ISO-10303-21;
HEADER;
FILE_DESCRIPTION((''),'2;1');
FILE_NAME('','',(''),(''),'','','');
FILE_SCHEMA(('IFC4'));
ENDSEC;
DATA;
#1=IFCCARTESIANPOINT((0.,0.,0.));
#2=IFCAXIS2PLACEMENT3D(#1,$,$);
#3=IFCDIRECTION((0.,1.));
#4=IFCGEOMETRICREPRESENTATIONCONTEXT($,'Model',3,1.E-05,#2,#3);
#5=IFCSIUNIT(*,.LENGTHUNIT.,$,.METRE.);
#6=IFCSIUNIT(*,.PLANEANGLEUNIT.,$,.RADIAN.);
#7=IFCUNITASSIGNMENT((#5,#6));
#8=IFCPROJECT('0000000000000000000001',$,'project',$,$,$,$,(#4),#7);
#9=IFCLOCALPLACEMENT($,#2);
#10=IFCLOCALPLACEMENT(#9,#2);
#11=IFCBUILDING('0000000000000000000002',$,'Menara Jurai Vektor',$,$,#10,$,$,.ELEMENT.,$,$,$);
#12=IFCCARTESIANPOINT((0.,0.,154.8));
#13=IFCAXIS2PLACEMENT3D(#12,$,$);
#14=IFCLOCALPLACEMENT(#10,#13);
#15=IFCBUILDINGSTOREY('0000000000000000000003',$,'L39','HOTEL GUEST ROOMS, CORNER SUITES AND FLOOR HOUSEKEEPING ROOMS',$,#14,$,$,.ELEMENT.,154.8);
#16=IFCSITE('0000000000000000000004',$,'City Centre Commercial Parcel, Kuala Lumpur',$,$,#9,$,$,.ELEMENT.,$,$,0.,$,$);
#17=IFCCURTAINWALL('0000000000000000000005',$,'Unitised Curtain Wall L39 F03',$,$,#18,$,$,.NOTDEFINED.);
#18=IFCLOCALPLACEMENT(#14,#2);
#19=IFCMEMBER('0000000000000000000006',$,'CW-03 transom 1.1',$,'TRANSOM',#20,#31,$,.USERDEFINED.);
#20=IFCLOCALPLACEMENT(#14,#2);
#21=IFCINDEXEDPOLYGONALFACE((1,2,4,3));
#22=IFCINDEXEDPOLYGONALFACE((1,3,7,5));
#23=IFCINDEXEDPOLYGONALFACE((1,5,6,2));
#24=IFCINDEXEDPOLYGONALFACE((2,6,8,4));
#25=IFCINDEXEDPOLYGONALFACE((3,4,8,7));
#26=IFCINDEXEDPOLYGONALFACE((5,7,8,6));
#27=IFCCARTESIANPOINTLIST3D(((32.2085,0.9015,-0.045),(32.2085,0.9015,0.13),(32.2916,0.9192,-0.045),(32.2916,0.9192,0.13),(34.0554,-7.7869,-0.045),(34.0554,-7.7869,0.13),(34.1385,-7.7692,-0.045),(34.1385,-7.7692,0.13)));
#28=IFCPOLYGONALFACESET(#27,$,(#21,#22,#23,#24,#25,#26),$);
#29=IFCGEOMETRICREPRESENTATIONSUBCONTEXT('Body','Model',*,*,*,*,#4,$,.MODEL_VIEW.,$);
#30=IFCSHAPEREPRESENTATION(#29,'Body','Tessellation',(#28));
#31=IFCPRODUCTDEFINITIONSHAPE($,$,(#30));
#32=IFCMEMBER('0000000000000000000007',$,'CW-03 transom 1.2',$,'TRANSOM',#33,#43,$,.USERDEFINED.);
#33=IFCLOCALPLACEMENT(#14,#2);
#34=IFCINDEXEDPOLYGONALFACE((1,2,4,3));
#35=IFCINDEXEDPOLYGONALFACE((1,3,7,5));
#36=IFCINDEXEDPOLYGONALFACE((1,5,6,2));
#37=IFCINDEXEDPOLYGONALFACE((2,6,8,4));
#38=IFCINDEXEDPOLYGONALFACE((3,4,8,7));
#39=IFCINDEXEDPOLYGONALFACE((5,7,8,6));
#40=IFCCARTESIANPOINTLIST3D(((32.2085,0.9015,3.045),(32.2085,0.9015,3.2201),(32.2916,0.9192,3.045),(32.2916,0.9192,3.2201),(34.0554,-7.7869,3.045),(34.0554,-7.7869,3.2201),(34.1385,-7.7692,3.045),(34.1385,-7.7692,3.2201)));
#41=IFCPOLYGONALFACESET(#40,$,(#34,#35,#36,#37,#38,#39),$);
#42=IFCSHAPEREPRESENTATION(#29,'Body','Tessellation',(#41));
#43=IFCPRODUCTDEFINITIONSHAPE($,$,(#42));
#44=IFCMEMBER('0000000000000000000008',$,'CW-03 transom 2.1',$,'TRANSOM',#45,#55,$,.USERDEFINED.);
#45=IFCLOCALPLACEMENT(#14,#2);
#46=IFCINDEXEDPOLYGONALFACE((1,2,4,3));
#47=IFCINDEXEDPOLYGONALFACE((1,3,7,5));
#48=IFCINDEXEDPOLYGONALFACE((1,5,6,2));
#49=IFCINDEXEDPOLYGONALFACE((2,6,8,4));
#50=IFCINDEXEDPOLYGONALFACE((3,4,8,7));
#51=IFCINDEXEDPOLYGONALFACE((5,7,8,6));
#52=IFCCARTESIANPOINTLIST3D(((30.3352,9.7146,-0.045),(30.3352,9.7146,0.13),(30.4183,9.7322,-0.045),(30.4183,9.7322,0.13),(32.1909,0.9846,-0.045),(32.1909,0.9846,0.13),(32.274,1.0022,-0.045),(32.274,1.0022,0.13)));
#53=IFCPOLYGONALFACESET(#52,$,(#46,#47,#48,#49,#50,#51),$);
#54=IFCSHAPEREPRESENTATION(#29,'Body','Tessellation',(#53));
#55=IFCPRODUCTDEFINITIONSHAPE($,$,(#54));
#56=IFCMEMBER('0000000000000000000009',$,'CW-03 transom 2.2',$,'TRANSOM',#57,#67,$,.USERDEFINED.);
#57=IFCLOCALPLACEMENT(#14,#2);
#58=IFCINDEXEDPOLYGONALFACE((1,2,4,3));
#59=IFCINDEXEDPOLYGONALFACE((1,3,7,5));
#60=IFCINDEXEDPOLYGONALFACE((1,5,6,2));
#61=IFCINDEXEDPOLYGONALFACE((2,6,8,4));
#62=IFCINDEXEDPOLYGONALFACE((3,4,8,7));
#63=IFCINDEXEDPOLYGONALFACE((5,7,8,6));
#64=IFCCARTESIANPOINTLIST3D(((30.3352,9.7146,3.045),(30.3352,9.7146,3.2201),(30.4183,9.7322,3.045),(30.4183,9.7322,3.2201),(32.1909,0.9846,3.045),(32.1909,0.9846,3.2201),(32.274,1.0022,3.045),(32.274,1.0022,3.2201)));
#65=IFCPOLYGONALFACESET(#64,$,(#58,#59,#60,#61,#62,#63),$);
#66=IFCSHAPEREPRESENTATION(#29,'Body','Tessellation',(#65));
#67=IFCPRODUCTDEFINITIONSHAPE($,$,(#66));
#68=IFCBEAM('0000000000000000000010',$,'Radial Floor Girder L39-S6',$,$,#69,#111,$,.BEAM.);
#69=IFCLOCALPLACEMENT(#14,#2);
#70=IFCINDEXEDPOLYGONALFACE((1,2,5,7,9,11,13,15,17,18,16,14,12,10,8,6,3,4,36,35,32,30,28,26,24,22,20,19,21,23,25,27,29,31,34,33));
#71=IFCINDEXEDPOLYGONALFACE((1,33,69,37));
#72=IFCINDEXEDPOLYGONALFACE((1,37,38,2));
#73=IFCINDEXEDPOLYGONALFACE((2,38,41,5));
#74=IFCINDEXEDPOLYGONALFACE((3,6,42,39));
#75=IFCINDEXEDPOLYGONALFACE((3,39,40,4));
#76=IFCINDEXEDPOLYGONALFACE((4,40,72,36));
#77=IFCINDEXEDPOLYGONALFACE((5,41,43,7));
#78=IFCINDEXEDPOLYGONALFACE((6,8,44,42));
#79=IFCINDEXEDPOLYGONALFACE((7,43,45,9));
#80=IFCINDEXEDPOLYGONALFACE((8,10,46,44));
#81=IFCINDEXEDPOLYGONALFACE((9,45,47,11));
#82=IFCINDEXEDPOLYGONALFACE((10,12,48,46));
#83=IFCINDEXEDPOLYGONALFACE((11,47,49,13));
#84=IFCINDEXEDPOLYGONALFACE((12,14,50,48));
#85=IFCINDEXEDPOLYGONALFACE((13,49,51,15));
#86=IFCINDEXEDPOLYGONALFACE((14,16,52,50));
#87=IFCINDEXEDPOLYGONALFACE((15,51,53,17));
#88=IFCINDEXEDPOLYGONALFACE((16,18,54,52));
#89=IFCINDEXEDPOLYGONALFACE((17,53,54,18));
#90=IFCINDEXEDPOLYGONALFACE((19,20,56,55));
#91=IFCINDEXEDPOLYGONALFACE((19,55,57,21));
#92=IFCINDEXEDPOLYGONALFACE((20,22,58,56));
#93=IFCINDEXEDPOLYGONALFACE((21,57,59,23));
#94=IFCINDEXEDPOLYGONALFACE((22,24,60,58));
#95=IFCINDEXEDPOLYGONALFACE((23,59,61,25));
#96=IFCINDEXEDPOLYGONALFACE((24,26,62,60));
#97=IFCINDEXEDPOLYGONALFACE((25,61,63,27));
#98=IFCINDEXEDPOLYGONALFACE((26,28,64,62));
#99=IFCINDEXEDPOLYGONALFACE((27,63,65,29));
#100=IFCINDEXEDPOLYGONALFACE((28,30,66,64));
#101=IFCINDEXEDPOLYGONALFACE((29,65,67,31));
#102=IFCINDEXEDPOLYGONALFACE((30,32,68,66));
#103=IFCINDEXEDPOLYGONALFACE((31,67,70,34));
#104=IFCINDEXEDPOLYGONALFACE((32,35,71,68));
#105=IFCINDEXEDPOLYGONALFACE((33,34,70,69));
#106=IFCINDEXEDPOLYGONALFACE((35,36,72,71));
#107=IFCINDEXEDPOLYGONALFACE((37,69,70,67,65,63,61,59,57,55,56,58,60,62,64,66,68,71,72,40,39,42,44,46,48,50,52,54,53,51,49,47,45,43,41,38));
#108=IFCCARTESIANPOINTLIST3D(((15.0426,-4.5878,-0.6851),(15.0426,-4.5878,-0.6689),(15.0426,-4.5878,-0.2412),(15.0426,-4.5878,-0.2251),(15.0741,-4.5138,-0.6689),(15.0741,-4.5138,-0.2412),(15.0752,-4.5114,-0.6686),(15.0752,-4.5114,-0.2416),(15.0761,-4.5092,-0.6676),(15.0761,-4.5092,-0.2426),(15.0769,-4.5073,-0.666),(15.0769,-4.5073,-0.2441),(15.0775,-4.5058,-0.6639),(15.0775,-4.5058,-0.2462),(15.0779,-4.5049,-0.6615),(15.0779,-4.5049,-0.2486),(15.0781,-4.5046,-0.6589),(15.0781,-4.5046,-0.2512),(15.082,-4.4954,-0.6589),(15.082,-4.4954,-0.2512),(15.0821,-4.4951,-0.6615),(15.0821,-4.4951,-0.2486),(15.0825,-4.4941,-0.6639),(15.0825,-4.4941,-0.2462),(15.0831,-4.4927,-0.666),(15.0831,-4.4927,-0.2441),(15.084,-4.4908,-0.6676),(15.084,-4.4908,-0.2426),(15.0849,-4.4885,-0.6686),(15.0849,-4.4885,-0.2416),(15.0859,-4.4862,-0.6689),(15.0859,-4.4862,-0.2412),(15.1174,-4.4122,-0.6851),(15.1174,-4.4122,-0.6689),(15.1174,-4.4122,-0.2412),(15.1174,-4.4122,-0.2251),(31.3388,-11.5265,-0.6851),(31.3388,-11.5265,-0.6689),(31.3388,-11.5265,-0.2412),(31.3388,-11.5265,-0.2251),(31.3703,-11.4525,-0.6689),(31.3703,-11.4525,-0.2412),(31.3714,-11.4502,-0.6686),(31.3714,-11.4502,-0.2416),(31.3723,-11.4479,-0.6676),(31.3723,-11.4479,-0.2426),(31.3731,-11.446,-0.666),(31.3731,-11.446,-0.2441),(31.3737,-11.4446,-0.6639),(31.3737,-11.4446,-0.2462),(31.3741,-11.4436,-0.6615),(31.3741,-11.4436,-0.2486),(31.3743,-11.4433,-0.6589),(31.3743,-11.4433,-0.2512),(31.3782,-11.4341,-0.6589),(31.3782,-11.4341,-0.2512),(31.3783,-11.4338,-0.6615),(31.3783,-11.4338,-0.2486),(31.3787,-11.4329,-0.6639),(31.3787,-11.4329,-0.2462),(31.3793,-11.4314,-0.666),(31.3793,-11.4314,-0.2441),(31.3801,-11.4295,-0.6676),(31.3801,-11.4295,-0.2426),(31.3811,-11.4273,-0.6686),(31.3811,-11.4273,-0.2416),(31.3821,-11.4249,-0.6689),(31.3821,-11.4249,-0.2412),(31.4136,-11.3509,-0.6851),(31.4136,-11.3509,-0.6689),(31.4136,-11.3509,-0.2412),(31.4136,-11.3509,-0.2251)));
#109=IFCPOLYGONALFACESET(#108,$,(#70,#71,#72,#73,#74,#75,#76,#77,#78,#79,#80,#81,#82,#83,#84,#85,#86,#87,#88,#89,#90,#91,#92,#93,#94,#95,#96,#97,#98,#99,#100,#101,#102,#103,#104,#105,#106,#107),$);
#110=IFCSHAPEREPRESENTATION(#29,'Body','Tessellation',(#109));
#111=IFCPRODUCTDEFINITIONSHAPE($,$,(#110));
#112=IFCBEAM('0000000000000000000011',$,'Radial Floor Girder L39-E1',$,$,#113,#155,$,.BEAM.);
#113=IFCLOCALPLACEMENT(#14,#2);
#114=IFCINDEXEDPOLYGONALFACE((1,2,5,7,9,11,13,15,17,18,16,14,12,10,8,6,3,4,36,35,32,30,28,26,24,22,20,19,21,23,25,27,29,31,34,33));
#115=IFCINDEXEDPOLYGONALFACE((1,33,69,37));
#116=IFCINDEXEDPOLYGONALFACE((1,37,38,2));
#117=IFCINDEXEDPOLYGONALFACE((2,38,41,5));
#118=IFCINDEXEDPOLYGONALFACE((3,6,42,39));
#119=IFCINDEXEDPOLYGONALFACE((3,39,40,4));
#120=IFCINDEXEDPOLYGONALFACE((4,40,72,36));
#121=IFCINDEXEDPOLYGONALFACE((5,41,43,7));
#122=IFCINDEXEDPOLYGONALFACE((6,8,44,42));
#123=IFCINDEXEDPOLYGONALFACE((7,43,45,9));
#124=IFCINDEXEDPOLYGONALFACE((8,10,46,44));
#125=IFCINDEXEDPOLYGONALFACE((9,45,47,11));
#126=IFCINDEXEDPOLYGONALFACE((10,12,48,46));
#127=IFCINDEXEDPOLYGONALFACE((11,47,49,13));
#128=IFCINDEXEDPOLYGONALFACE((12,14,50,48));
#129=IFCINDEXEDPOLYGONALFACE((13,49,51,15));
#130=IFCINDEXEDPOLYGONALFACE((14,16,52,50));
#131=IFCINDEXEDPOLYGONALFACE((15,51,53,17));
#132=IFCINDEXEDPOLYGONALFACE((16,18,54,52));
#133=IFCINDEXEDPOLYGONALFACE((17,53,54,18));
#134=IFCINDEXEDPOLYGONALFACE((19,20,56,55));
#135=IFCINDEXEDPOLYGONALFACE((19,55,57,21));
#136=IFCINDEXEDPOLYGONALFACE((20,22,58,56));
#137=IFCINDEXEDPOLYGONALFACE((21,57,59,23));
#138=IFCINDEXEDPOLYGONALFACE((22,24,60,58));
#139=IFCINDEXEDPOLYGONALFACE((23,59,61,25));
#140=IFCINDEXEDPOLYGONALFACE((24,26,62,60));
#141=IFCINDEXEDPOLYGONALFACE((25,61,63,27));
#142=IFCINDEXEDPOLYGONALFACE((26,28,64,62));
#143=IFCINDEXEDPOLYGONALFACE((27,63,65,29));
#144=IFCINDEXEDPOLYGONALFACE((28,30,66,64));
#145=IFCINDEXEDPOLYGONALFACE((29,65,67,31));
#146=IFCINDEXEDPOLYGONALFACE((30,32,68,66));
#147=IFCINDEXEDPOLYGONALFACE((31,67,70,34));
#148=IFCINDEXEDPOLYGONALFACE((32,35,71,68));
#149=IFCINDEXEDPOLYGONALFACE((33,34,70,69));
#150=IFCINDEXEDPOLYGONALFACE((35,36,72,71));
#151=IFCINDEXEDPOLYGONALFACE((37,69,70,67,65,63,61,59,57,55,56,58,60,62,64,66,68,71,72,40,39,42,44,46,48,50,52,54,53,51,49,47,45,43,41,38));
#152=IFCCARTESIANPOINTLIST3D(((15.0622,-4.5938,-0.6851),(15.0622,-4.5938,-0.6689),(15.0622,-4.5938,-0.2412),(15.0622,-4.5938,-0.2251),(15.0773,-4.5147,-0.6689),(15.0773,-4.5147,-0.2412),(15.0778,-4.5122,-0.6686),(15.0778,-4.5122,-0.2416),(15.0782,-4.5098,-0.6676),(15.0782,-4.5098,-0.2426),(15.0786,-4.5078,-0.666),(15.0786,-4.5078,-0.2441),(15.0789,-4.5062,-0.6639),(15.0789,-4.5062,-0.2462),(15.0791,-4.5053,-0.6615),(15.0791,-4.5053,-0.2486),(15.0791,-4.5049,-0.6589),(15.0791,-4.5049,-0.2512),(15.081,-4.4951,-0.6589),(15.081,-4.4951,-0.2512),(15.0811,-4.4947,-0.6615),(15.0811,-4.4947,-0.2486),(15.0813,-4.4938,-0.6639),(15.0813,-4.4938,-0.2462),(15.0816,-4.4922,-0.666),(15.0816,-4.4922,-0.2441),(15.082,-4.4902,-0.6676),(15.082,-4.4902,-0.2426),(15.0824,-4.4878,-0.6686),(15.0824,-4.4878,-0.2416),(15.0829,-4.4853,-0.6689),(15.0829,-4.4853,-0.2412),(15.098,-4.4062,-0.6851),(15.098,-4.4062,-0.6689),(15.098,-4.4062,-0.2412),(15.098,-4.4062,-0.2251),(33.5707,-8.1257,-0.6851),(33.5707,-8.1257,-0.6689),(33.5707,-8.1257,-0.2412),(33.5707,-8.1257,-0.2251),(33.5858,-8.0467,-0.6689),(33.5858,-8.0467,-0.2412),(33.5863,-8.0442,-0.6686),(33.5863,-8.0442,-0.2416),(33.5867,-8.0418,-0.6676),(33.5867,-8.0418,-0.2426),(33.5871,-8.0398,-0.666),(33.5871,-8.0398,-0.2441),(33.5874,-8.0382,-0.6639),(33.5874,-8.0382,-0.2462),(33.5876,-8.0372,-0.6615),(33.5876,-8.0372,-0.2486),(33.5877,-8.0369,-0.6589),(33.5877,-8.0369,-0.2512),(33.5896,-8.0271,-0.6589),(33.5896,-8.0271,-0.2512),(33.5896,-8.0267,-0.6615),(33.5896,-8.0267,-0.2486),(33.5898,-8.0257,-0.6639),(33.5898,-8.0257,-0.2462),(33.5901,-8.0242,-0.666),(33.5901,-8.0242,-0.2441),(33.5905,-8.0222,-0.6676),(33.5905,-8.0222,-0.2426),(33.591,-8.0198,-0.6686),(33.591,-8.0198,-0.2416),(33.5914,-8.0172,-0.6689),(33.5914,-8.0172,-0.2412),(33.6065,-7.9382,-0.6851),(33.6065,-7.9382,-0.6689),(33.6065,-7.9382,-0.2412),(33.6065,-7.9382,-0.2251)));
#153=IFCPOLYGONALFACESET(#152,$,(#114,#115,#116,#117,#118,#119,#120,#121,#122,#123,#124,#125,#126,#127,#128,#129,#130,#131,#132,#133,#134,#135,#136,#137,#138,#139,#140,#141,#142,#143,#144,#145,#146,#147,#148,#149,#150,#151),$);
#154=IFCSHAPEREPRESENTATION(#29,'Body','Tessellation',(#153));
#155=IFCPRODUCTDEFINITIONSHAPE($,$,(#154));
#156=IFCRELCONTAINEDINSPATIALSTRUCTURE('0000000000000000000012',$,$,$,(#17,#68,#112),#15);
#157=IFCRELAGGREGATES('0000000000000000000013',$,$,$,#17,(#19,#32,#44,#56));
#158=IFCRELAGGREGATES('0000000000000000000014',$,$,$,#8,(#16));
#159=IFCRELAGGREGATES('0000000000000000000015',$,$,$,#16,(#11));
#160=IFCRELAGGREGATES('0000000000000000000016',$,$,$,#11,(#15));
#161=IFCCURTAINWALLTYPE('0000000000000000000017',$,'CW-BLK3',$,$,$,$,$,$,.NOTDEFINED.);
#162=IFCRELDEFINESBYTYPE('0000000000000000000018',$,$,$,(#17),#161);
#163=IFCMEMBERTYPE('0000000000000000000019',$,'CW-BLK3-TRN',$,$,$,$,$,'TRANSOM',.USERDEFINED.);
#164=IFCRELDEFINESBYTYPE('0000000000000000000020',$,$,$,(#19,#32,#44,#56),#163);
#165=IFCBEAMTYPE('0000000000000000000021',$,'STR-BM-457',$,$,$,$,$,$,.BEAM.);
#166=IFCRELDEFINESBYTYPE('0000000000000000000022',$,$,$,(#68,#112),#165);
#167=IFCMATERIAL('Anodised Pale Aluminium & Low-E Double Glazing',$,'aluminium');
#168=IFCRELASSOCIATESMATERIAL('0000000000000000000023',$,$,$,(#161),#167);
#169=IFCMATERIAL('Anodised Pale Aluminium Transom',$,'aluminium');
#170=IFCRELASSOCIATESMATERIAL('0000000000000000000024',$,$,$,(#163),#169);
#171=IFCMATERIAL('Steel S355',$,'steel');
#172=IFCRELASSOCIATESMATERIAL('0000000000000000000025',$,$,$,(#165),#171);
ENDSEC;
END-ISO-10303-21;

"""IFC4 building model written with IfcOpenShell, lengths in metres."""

from ifc_helpers import new_model, si_unit, direction, frame, origin, origin_2d, place, context, subcontext, project, spatial, rectangle, i_section, extrude, material, material_profile, profile_set, type_object, element, aggregate, save


model = new_model("IFC4")

# Units and contexts
model_context = context("Model", 3, precision=1e-05, world=origin(), true_north=direction((0.0, 1.0)))
body_context = subcontext(model_context, "Body", "Model", "MODEL_VIEW")
ifc_project = project(units=[si_unit("LENGTHUNIT", "METRE"), si_unit("PLANEANGLEUNIT", "RADIAN")], contexts=[model_context])

# Site, building, storey
site_placement = place(None, origin())
site = spatial("IfcSite", under=ifc_project, at=site_placement, Name="City Centre Commercial Parcel, Kuala Lumpur", CompositionType="ELEMENT", RefElevation=0.0)
building_placement = place(site_placement, origin())
building = spatial("IfcBuilding", under=site, at=building_placement, Name="Menara Jurai Vektor", CompositionType="ELEMENT")
storey_placement = place(building_placement, frame((0.0, 0.0, 154.8)))
storey = spatial("IfcBuildingStorey", under=building, at=storey_placement, Name="L39", Description="HOTEL GUEST ROOMS, CORNER SUITES AND FLOOR HOUSEKEEPING ROOMS", CompositionType="ELEMENT", Elevation=154.8)

# Shared definitions
ifc_material_1 = material(Name="Anodised Pale Aluminium & Low-E Double Glazing", Category="aluminium")
curtain_wall_type = type_object("IfcCurtainWallType", Name="CW-BLK3", PredefinedType="NOTDEFINED", material=ifc_material_1)

# Curtain wall
curtain_wall_1_placement = place(storey_placement, origin())
curtain_wall_1 = element("IfcCurtainWall", 1, at=curtain_wall_1_placement, inside=storey, type_object=curtain_wall_type, Name="Unitised Curtain Wall L39 F03", PredefinedType="NOTDEFINED")

# Members
ifc_material_2 = material(Name="Anodised Pale Aluminium Transom", Category="aluminium")
ifc_material_profile_1 = material_profile(ifc_material_2, rectangle(XDim=0.085, YDim=0.175, at=origin_2d()), Name="ALU TRN 85x175")
ifc_profile_set_1 = profile_set([ifc_material_profile_1], Name="Anodised Pale Aluminium Transom")
member_type_1 = type_object("IfcMemberType", Name="CW-BLK3-TRN", ElementType="TRANSOM", PredefinedType="USERDEFINED", material=ifc_profile_set_1)
member_1_placement = place(storey_placement, frame((34.0969, -7.7781, 0.0425), z_axis=(-0.207926, 0.978145, 0.0), x_axis=(-0.978145, -0.207926, 0.0)))
member_1 = element("IfcMember", 2, at=member_1_placement, type_object=member_type_1, Name="CW-03 transom 1.1", ObjectType="TRANSOM", PredefinedType="USERDEFINED", context=body_context, shape_type="SweptSolid", body=[
    extrude(rectangle(XDim=0.085, YDim=0.175, at=origin_2d()), origin(), (0.0, 0.0, 1.0), 8.8826),
])
member_2_placement = place(storey_placement, frame((34.0969, -7.7781, 3.1326), z_axis=(-0.207926, 0.978145, 0.0), x_axis=(-0.978145, -0.207926, 0.0)))
member_2 = element("IfcMember", 3, at=member_2_placement, type_object=member_type_1, Name="CW-03 transom 1.2", ObjectType="TRANSOM", PredefinedType="USERDEFINED", context=body_context, shape_type="SweptSolid", body=[
    extrude(rectangle(XDim=0.085, YDim=0.175, at=origin_2d()), origin(), (0.0, 0.0, 1.0), 8.8826),
])
member_3_placement = place(storey_placement, frame((32.2324, 0.9934, 0.0425), z_axis=(-0.207922, 0.978145, 0.0), x_axis=(-0.978145, -0.207922, 0.0)))
member_3 = element("IfcMember", 4, at=member_3_placement, type_object=member_type_1, Name="CW-03 transom 2.1", ObjectType="TRANSOM", PredefinedType="USERDEFINED", context=body_context, shape_type="SweptSolid", body=[
    extrude(rectangle(XDim=0.085, YDim=0.175, at=origin_2d()), origin(), (0.0, 0.0, 1.0), 8.925),
])
member_4_placement = place(storey_placement, frame((32.2324, 0.9934, 3.1326), z_axis=(-0.207922, 0.978145, 0.0), x_axis=(-0.978145, -0.207922, 0.0)))
member_4 = element("IfcMember", 5, at=member_4_placement, type_object=member_type_1, Name="CW-03 transom 2.2", ObjectType="TRANSOM", PredefinedType="USERDEFINED", context=body_context, shape_type="SweptSolid", body=[
    extrude(rectangle(XDim=0.085, YDim=0.175, at=origin_2d()), origin(), (0.0, 0.0, 1.0), 8.925),
])

# Beams
ifc_material_3 = material(Name="Steel S355", Category="steel")
ifc_material_profile_2 = material_profile(ifc_material_3, i_section(OverallWidth=0.1909, OverallDepth=0.46, WebThickness=0.01, FlangeThickness=0.0161, FilletRadius=0.01, at=origin_2d()), Name="UKB 457x191x82")
ifc_profile_set_2 = profile_set([ifc_material_profile_2], Name="Steel S355")
beam_type_1 = type_object("IfcBeamType", Name="STR-BM-457", PredefinedType="BEAM", material=ifc_profile_set_2)
beam_1_placement = place(storey_placement, frame((31.3762, -11.4387, -0.4551), z_axis=(-0.920069, 0.391756, 0.0), x_axis=(-0.391756, -0.920069, 0.0)))
element("IfcBeam", 6, at=beam_1_placement, inside=storey, type_object=beam_type_1, Name="Radial Floor Girder L39-S6", PredefinedType="BEAM", context=body_context, shape_type="SweptSolid", body=[
    extrude(i_section(OverallWidth=0.1909, OverallDepth=0.46, WebThickness=0.01, FlangeThickness=0.0161, FilletRadius=0.01, at=origin_2d()), origin(), (0.0, 0.0, 1.0), 17.7119),
])
beam_2_placement = place(storey_placement, frame((33.5886, -8.032, -0.4551), z_axis=(-0.982275, 0.187447, 0.0), x_axis=(-0.187447, -0.982275, 0.0)))
element("IfcBeam", 7, at=beam_2_placement, inside=storey, type_object=beam_type_1, Name="Radial Floor Girder L39-E1", PredefinedType="BEAM", context=body_context, shape_type="SweptSolid", body=[
    extrude(i_section(OverallWidth=0.1909, OverallDepth=0.46, WebThickness=0.01, FlangeThickness=0.0161, FilletRadius=0.01, at=origin_2d()), origin(), (0.0, 0.0, 1.0), 18.8425),
])

aggregate(curtain_wall_1, [member_1, member_2, member_3, member_4])

save(model, "model.ifc")
